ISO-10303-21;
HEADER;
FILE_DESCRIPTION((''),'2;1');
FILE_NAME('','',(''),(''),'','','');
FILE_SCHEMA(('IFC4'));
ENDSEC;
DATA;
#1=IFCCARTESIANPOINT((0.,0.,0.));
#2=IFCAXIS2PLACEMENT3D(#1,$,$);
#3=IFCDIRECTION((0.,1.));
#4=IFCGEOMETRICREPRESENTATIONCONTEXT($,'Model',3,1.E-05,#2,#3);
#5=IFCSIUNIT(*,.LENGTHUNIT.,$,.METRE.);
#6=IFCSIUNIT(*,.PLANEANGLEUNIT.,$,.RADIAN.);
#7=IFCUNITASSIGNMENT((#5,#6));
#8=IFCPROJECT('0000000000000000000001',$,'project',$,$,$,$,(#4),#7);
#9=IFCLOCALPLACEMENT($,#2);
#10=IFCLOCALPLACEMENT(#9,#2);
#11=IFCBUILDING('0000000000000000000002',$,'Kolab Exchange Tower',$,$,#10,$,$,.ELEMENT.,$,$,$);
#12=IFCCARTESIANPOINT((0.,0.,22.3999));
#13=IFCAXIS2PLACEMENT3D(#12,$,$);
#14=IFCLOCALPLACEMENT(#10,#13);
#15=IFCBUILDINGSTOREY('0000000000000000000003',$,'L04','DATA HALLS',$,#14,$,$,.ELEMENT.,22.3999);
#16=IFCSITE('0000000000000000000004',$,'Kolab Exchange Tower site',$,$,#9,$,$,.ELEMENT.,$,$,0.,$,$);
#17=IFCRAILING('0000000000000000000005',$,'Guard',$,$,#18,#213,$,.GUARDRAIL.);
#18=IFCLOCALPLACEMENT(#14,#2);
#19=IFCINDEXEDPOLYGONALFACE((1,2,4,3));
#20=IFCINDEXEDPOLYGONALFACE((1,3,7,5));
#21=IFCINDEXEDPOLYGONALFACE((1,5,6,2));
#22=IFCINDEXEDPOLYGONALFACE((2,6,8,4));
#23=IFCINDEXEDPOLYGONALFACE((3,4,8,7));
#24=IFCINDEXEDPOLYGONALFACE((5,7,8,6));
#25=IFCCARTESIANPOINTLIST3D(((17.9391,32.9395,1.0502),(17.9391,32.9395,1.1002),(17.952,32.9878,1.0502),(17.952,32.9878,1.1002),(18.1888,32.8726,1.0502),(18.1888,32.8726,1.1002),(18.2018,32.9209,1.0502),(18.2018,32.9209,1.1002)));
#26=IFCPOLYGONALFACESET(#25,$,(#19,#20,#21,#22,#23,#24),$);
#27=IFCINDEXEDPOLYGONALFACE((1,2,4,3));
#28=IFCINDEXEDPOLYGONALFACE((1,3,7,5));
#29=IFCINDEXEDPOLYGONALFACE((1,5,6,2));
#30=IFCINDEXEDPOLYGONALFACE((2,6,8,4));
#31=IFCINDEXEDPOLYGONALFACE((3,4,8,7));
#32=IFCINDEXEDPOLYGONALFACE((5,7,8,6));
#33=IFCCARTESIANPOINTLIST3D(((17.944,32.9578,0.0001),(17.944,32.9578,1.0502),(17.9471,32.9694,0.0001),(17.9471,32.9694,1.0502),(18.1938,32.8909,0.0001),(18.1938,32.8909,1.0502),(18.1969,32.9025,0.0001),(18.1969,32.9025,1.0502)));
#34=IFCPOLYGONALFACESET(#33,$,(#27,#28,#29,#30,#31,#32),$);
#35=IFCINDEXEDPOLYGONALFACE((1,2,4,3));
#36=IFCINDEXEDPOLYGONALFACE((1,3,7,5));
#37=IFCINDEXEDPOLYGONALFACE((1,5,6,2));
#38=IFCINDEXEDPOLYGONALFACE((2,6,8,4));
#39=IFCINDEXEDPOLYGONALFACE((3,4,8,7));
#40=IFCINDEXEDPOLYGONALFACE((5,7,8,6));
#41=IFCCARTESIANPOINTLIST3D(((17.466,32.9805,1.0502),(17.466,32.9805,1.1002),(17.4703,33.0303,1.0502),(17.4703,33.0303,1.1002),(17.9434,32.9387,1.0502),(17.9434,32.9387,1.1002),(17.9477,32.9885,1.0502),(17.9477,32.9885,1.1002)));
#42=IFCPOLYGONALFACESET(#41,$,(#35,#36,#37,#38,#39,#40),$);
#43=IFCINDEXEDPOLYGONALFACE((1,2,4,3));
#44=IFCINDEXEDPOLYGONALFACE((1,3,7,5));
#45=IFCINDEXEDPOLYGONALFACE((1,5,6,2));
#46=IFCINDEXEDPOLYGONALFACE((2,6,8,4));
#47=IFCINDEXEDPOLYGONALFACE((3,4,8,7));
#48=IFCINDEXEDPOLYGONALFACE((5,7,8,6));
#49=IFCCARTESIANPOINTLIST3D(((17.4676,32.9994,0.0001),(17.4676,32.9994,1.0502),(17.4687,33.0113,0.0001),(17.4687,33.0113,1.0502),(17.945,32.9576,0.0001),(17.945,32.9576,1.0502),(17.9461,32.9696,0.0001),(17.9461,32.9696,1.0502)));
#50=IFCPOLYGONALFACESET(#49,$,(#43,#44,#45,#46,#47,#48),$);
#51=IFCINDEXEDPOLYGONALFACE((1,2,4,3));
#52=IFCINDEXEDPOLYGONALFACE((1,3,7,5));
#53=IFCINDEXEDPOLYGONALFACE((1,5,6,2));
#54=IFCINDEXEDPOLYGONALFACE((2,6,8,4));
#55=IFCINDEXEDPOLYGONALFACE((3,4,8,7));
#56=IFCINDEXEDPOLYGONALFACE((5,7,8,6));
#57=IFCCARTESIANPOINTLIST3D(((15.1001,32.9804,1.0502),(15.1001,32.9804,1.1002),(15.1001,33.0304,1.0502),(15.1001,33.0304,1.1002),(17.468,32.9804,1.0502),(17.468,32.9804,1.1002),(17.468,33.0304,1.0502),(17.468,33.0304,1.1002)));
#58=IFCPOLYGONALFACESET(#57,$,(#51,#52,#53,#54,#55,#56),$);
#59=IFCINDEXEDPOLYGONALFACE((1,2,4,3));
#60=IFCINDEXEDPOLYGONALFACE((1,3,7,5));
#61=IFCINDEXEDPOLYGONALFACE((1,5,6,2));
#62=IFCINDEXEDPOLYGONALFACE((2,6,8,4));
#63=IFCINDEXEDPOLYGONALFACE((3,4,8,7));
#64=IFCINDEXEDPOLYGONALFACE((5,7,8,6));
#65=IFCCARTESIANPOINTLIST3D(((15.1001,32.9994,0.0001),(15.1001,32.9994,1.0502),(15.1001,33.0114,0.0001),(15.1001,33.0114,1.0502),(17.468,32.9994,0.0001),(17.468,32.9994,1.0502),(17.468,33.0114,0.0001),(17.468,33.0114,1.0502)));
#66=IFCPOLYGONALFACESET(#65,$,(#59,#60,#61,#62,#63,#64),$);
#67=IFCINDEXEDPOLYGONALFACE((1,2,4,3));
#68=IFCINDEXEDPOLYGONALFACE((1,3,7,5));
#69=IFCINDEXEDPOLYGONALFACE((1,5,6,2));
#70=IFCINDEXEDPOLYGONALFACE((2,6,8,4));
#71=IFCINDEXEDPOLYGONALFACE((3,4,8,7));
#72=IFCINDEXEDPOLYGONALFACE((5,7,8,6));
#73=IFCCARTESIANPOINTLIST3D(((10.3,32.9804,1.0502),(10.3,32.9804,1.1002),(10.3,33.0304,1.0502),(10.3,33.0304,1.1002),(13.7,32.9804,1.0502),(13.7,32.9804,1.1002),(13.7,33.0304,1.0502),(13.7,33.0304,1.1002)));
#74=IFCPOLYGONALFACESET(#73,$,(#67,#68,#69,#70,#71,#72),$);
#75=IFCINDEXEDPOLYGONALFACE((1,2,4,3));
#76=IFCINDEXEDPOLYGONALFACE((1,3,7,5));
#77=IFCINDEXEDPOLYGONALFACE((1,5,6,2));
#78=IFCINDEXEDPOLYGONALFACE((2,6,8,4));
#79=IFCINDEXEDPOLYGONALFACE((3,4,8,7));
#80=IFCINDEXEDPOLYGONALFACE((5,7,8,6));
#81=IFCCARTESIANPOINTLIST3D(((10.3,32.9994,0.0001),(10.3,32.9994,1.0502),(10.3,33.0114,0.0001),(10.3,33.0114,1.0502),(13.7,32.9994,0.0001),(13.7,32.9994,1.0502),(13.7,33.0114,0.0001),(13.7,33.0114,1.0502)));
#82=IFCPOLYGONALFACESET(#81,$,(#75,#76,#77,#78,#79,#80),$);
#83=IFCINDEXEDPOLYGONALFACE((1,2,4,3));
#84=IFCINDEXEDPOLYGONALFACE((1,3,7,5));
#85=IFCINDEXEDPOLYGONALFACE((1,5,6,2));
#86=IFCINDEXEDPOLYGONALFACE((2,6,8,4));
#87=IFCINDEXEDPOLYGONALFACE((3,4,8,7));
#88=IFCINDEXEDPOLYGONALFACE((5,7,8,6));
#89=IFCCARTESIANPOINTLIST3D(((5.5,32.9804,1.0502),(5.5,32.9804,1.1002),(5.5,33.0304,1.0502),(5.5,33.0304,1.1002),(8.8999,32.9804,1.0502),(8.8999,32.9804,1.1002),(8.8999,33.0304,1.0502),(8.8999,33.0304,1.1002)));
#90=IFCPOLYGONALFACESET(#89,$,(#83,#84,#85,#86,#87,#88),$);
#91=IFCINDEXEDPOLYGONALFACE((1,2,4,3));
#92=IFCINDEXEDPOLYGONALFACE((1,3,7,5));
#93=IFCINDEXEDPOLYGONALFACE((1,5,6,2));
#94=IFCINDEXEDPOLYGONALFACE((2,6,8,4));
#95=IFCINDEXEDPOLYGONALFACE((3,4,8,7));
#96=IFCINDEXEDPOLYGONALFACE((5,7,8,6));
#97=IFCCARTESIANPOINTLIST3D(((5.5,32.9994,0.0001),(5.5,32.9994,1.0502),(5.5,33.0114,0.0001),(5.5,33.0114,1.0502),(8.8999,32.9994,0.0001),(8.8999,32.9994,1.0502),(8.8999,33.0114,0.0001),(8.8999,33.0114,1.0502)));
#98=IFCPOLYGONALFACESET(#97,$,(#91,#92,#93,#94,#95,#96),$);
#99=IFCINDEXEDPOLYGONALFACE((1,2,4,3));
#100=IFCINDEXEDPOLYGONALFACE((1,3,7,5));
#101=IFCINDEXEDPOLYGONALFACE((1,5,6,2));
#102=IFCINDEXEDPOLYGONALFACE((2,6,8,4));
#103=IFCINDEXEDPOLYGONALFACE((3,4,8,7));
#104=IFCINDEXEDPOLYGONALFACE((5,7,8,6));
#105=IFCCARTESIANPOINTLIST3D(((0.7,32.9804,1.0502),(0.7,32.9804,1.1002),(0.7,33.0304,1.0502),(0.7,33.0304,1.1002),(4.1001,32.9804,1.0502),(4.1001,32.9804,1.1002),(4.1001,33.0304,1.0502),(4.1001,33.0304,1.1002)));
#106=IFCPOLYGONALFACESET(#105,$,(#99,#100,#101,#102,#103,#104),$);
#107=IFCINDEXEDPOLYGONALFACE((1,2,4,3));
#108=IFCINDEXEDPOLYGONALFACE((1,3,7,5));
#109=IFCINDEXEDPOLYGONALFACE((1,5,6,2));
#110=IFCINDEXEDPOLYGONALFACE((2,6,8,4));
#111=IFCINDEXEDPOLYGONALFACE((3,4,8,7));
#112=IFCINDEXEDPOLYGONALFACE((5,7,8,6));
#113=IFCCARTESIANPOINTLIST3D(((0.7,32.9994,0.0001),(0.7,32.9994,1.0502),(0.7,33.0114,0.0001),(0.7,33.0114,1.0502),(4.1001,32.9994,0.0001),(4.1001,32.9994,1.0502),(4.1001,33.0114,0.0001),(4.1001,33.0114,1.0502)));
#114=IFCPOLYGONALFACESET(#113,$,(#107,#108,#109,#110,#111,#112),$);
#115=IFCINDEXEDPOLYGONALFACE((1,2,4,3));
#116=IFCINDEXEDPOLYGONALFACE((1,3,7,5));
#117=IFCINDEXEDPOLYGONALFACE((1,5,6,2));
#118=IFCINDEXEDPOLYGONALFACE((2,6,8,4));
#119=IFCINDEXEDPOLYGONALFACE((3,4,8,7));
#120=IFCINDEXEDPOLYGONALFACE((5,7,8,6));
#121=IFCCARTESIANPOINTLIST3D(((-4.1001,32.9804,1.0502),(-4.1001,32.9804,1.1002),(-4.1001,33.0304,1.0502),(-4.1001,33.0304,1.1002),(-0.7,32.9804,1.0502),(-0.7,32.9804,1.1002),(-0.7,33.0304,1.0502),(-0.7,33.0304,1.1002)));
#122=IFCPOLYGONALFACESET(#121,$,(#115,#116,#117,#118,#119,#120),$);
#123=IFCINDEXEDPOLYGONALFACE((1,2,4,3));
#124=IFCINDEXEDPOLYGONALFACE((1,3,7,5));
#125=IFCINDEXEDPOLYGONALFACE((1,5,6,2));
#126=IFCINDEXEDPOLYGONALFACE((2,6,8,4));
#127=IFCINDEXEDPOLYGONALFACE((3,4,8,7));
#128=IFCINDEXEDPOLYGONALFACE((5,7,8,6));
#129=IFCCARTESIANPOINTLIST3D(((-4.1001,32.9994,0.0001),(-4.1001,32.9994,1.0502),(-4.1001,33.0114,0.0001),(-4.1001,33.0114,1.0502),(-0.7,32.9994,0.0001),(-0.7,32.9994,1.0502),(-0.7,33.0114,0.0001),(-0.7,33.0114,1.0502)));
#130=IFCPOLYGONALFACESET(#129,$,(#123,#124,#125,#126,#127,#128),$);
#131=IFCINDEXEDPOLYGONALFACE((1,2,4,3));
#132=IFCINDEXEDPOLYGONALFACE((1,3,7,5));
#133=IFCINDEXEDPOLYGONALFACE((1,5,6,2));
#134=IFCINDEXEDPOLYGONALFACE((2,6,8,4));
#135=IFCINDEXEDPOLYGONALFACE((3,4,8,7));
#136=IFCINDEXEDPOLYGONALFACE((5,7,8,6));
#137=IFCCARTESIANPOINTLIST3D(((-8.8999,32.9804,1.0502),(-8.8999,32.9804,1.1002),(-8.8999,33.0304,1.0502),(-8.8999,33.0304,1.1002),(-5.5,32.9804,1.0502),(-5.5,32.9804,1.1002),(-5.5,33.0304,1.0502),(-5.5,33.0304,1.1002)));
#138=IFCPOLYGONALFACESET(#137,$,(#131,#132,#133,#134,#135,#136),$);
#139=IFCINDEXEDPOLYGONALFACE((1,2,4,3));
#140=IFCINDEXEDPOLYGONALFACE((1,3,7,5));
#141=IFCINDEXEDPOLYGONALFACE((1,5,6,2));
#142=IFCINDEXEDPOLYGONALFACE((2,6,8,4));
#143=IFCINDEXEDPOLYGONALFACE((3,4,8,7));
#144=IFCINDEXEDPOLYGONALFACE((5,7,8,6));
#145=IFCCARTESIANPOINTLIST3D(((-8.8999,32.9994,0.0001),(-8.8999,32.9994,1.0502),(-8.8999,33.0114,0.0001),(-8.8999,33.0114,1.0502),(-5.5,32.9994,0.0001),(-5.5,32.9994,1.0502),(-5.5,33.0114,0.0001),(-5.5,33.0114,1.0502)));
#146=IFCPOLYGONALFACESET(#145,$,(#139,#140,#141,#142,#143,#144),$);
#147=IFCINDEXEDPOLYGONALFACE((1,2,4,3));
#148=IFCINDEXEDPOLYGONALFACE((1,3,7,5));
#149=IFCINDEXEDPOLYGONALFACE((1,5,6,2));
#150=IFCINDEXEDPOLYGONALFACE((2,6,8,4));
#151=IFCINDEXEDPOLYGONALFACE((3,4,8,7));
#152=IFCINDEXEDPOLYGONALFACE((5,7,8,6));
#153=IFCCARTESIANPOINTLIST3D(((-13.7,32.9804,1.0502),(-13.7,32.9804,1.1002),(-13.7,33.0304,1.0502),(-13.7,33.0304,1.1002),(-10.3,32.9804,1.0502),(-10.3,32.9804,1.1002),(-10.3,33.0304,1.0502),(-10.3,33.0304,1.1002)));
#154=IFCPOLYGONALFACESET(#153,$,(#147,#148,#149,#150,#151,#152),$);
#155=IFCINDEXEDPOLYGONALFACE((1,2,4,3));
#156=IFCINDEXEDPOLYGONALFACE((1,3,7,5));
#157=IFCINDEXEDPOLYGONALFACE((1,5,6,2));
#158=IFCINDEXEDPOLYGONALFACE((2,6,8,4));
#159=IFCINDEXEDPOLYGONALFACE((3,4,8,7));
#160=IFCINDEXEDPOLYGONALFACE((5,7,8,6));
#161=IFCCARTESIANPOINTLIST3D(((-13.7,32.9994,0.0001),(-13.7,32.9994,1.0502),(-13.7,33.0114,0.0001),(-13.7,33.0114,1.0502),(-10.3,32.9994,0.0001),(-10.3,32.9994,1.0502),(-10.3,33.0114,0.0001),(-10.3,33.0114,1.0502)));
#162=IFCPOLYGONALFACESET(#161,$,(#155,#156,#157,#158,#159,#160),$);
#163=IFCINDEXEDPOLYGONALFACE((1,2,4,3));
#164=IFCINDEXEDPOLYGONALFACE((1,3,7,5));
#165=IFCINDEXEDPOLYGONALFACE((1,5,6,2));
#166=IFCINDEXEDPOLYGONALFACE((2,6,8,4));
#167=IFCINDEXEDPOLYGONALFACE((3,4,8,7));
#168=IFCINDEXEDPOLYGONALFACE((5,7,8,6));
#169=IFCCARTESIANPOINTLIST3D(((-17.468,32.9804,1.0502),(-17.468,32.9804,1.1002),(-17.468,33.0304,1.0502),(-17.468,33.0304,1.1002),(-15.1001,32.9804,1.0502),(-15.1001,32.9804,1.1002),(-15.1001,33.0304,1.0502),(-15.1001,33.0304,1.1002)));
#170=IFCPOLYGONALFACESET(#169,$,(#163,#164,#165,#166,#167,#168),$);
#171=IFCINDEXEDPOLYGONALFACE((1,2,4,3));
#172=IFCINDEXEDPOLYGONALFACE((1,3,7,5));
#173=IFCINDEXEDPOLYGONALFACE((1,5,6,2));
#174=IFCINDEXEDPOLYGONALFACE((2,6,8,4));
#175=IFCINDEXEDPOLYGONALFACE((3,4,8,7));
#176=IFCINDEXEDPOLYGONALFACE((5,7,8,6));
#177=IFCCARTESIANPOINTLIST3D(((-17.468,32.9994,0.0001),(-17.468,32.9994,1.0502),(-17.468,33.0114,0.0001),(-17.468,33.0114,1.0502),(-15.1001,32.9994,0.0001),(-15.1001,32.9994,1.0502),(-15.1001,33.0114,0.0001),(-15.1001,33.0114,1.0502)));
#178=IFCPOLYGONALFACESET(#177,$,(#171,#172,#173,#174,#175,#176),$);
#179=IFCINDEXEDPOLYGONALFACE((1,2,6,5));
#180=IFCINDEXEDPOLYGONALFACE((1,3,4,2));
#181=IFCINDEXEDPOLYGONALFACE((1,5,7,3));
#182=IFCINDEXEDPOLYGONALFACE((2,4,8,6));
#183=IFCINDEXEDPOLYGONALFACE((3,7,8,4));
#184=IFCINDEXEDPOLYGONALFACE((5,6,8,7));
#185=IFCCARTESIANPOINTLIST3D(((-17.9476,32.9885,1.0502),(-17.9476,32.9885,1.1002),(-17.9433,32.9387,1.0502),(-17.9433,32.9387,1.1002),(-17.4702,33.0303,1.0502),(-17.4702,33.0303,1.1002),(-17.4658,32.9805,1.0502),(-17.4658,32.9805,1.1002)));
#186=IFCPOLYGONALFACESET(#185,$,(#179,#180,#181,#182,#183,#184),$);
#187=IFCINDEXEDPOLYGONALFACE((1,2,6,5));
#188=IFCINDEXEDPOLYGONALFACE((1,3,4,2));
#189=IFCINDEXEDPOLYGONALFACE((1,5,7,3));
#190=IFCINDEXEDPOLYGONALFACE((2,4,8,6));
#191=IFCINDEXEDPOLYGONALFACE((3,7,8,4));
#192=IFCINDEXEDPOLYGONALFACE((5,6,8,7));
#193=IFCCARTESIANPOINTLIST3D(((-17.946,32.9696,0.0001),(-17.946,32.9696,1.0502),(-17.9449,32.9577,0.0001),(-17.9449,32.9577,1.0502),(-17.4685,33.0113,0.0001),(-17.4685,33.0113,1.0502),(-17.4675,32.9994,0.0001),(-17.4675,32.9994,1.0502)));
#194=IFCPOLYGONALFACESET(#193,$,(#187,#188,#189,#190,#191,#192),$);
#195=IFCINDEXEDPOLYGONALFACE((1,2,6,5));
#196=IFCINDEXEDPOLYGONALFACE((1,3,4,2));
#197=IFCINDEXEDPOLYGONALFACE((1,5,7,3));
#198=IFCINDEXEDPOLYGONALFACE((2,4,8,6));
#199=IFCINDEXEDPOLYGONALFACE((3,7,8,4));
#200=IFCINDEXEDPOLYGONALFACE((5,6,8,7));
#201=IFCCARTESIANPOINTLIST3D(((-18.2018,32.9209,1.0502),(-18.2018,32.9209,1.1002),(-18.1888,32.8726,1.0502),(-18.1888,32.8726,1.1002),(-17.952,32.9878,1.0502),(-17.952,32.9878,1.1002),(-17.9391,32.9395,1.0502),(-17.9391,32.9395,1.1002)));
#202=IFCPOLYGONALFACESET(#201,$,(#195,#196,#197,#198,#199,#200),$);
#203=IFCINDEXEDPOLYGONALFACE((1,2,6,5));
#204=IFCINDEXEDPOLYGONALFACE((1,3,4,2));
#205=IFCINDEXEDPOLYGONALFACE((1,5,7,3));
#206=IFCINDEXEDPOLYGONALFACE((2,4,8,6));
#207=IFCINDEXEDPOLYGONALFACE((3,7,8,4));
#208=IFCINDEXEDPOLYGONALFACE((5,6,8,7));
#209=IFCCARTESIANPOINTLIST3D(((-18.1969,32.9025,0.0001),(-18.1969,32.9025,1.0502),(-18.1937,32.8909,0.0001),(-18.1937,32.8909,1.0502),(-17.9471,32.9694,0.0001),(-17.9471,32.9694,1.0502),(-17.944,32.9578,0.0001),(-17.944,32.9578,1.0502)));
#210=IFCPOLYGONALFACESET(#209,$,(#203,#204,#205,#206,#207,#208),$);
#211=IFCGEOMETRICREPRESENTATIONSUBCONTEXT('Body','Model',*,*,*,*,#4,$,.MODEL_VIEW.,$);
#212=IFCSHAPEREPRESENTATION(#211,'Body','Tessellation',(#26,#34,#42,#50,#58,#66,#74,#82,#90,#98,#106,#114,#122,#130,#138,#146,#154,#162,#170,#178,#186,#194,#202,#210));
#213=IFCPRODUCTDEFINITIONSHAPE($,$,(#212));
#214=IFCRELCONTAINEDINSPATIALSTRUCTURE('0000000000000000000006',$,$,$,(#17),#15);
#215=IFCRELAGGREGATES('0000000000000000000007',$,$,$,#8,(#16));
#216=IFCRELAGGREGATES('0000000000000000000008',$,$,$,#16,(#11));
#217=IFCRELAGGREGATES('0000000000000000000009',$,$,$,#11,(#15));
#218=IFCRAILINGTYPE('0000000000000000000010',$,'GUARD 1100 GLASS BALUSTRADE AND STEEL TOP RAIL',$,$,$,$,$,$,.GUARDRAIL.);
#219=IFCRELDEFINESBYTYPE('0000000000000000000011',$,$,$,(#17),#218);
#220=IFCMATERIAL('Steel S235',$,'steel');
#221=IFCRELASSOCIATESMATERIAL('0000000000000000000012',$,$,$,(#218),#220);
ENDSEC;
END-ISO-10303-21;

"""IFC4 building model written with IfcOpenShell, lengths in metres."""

from ifc_helpers import new_model, si_unit, direction, frame, frame_2d, origin, origin_2d, place, context, subcontext, project, spatial, rectangle, extrude, material, type_object, element, save


model = new_model("IFC4")

# Units and contexts
model_context = context("Model", 3, precision=1e-05, world=origin(), true_north=direction((0.0, 1.0)))
body_context = subcontext(model_context, "Body", "Model", "MODEL_VIEW")
ifc_project = project(units=[si_unit("LENGTHUNIT", "METRE"), si_unit("PLANEANGLEUNIT", "RADIAN")], contexts=[model_context])

# Site, building, storey
site_placement = place(None, origin())
site = spatial("IfcSite", under=ifc_project, at=site_placement, Name="Kolab Exchange Tower site", CompositionType="ELEMENT", RefElevation=0.0)
building_placement = place(site_placement, origin())
building = spatial("IfcBuilding", under=site, at=building_placement, Name="Kolab Exchange Tower", CompositionType="ELEMENT")
storey_placement = place(building_placement, frame((0.0, 0.0, 22.3999)))
storey = spatial("IfcBuildingStorey", under=building, at=storey_placement, Name="L04", Description="DATA HALLS", CompositionType="ELEMENT", Elevation=22.3999)

# Railing
ifc_material_1 = material(Name="Steel S235", Category="steel")
railing_type = type_object("IfcRailingType", Name="GUARD 1100 GLASS BALUSTRADE AND STEEL TOP RAIL", PredefinedType="GUARDRAIL", material=ifc_material_1)
railing_placement = place(storey_placement, frame((18.1953, 32.8967, 0.0)))
element("IfcRailing", 1, at=railing_placement, inside=storey, type_object=railing_type, Name="Guard", PredefinedType="GUARDRAIL", context=body_context, shape_type="SweptSolid", body=[
    extrude(rectangle(XDim=0.05, YDim=0.05, at=origin_2d()), frame((0.0, 0.0, 1.0752), z_axis=(-0.965952, 0.25872, 0.0), x_axis=(-0.25872, -0.965952, 0.0)), (0.0, 0.0, 1.0), 0.2585),
    extrude(rectangle(XDim=0.012, YDim=1.0501, at=frame_2d((0.0, 0.5251))), frame((0.0, 0.0, 0.0), z_axis=(-0.965952, 0.25872, 0.0), x_axis=(-0.25872, -0.965952, 0.0)), (0.0, 0.0, 1.0), 0.2585),
    extrude(rectangle(XDim=0.05, YDim=0.05, at=origin_2d()), frame((-0.2498, 0.0669, 1.0752), z_axis=(-0.9962, 0.087091, 0.0), x_axis=(-0.087091, -0.9962, 0.0)), (0.0, 0.0, 1.0), 0.4792),
    extrude(rectangle(XDim=0.012, YDim=1.0501, at=frame_2d((0.0, 0.5251))), frame((-0.2498, 0.0669, 0.0), z_axis=(-0.9962, 0.087091, 0.0), x_axis=(-0.087091, -0.9962, 0.0)), (0.0, 0.0, 1.0), 0.4792),
    extrude(rectangle(XDim=0.05, YDim=0.05, at=origin_2d()), frame((-0.7273, 0.1086, 1.0752), z_axis=(-1.0, 0.0, 0.0), x_axis=(0.0, -1.0, 0.0)), (0.0, 0.0, 1.0), 2.3679),
    extrude(rectangle(XDim=0.012, YDim=1.0501, at=frame_2d((0.0, 0.5251))), frame((-0.7273, 0.1086, 0.0), z_axis=(-1.0, 0.0, 0.0), x_axis=(0.0, -1.0, 0.0)), (0.0, 0.0, 1.0), 2.3679),
    extrude(rectangle(XDim=0.05, YDim=0.05, at=origin_2d()), frame((-4.4954, 0.1086, 1.0752), z_axis=(-1.0, 0.0, 0.0), x_axis=(0.0, -1.0, 0.0)), (0.0, 0.0, 1.0), 3.3999),
    extrude(rectangle(XDim=0.012, YDim=1.0501, at=frame_2d((0.0, 0.5251))), frame((-4.4954, 0.1086, 0.0), z_axis=(-1.0, 0.0, 0.0), x_axis=(0.0, -1.0, 0.0)), (0.0, 0.0, 1.0), 3.3999),
    extrude(rectangle(XDim=0.05, YDim=0.05, at=origin_2d()), frame((-9.2954, 0.1086, 1.0752), z_axis=(-1.0, 0.0, 0.0), x_axis=(0.0, -1.0, 0.0)), (0.0, 0.0, 1.0), 3.3999),
    extrude(rectangle(XDim=0.012, YDim=1.0501, at=frame_2d((0.0, 0.5251))), frame((-9.2954, 0.1086, 0.0), z_axis=(-1.0, 0.0, 0.0), x_axis=(0.0, -1.0, 0.0)), (0.0, 0.0, 1.0), 3.3999),
    extrude(rectangle(XDim=0.05, YDim=0.05, at=origin_2d()), frame((-14.0952, 0.1086, 1.0752), z_axis=(-1.0, 0.0, 0.0), x_axis=(0.0, -1.0, 0.0)), (0.0, 0.0, 1.0), 3.4001),
    extrude(rectangle(XDim=0.012, YDim=1.0501, at=frame_2d((0.0, 0.5251))), frame((-14.0952, 0.1086, 0.0), z_axis=(-1.0, 0.0, 0.0), x_axis=(0.0, -1.0, 0.0)), (0.0, 0.0, 1.0), 3.4001),
    extrude(rectangle(XDim=0.05, YDim=0.05, at=origin_2d()), frame((-18.8953, 0.1086, 1.0752), z_axis=(-1.0, 0.0, 0.0), x_axis=(0.0, -1.0, 0.0)), (0.0, 0.0, 1.0), 3.4001),
    extrude(rectangle(XDim=0.012, YDim=1.0501, at=frame_2d((0.0, 0.5251))), frame((-18.8953, 0.1086, 0.0), z_axis=(-1.0, 0.0, 0.0), x_axis=(0.0, -1.0, 0.0)), (0.0, 0.0, 1.0), 3.4001),
    extrude(rectangle(XDim=0.05, YDim=0.05, at=origin_2d()), frame((-23.6953, 0.1086, 1.0752), z_axis=(-1.0, 0.0, 0.0), x_axis=(0.0, -1.0, 0.0)), (0.0, 0.0, 1.0), 3.3999),
    extrude(rectangle(XDim=0.012, YDim=1.0501, at=frame_2d((0.0, 0.5251))), frame((-23.6953, 0.1086, 0.0), z_axis=(-1.0, 0.0, 0.0), x_axis=(0.0, -1.0, 0.0)), (0.0, 0.0, 1.0), 3.3999),
    extrude(rectangle(XDim=0.05, YDim=0.05, at=origin_2d()), frame((-28.4954, 0.1086, 1.0752), z_axis=(-1.0, 0.0, 0.0), x_axis=(0.0, -1.0, 0.0)), (0.0, 0.0, 1.0), 3.3999),
    extrude(rectangle(XDim=0.012, YDim=1.0501, at=frame_2d((0.0, 0.5251))), frame((-28.4954, 0.1086, 0.0), z_axis=(-1.0, 0.0, 0.0), x_axis=(0.0, -1.0, 0.0)), (0.0, 0.0, 1.0), 3.3999),
    extrude(rectangle(XDim=0.05, YDim=0.05, at=origin_2d()), frame((-33.2954, 0.1086, 1.0752), z_axis=(-1.0, 0.0, 0.0), x_axis=(0.0, -1.0, 0.0)), (0.0, 0.0, 1.0), 2.3679),
    extrude(rectangle(XDim=0.012, YDim=1.0501, at=frame_2d((0.0, 0.5251))), frame((-33.2954, 0.1086, 0.0), z_axis=(-1.0, 0.0, 0.0), x_axis=(0.0, -1.0, 0.0)), (0.0, 0.0, 1.0), 2.3679),
    extrude(rectangle(XDim=0.05, YDim=0.05, at=origin_2d()), frame((-35.6633, 0.1086, 1.0752), z_axis=(-0.9962, -0.087091, 0.0), x_axis=(0.087091, -0.9962, 0.0)), (0.0, 0.0, 1.0), 0.4792),
    extrude(rectangle(XDim=0.012, YDim=1.0501, at=frame_2d((0.0, 0.5251))), frame((-35.6633, 0.1086, 0.0), z_axis=(-0.9962, -0.087091, 0.0), x_axis=(0.087091, -0.9962, 0.0)), (0.0, 0.0, 1.0), 0.4792),
    extrude(rectangle(XDim=0.05, YDim=0.05, at=origin_2d()), frame((-36.1409, 0.0669, 1.0752), z_axis=(-0.965952, -0.25872, 0.0), x_axis=(0.25872, -0.965952, 0.0)), (0.0, 0.0, 1.0), 0.2585),
    extrude(rectangle(XDim=0.012, YDim=1.0501, at=frame_2d((0.0, 0.5251))), frame((-36.1409, 0.0669, 0.0), z_axis=(-0.965952, -0.25872, 0.0), x_axis=(0.25872, -0.965952, 0.0)), (0.0, 0.0, 1.0), 0.2585),
])

save(model, "model.ifc")
